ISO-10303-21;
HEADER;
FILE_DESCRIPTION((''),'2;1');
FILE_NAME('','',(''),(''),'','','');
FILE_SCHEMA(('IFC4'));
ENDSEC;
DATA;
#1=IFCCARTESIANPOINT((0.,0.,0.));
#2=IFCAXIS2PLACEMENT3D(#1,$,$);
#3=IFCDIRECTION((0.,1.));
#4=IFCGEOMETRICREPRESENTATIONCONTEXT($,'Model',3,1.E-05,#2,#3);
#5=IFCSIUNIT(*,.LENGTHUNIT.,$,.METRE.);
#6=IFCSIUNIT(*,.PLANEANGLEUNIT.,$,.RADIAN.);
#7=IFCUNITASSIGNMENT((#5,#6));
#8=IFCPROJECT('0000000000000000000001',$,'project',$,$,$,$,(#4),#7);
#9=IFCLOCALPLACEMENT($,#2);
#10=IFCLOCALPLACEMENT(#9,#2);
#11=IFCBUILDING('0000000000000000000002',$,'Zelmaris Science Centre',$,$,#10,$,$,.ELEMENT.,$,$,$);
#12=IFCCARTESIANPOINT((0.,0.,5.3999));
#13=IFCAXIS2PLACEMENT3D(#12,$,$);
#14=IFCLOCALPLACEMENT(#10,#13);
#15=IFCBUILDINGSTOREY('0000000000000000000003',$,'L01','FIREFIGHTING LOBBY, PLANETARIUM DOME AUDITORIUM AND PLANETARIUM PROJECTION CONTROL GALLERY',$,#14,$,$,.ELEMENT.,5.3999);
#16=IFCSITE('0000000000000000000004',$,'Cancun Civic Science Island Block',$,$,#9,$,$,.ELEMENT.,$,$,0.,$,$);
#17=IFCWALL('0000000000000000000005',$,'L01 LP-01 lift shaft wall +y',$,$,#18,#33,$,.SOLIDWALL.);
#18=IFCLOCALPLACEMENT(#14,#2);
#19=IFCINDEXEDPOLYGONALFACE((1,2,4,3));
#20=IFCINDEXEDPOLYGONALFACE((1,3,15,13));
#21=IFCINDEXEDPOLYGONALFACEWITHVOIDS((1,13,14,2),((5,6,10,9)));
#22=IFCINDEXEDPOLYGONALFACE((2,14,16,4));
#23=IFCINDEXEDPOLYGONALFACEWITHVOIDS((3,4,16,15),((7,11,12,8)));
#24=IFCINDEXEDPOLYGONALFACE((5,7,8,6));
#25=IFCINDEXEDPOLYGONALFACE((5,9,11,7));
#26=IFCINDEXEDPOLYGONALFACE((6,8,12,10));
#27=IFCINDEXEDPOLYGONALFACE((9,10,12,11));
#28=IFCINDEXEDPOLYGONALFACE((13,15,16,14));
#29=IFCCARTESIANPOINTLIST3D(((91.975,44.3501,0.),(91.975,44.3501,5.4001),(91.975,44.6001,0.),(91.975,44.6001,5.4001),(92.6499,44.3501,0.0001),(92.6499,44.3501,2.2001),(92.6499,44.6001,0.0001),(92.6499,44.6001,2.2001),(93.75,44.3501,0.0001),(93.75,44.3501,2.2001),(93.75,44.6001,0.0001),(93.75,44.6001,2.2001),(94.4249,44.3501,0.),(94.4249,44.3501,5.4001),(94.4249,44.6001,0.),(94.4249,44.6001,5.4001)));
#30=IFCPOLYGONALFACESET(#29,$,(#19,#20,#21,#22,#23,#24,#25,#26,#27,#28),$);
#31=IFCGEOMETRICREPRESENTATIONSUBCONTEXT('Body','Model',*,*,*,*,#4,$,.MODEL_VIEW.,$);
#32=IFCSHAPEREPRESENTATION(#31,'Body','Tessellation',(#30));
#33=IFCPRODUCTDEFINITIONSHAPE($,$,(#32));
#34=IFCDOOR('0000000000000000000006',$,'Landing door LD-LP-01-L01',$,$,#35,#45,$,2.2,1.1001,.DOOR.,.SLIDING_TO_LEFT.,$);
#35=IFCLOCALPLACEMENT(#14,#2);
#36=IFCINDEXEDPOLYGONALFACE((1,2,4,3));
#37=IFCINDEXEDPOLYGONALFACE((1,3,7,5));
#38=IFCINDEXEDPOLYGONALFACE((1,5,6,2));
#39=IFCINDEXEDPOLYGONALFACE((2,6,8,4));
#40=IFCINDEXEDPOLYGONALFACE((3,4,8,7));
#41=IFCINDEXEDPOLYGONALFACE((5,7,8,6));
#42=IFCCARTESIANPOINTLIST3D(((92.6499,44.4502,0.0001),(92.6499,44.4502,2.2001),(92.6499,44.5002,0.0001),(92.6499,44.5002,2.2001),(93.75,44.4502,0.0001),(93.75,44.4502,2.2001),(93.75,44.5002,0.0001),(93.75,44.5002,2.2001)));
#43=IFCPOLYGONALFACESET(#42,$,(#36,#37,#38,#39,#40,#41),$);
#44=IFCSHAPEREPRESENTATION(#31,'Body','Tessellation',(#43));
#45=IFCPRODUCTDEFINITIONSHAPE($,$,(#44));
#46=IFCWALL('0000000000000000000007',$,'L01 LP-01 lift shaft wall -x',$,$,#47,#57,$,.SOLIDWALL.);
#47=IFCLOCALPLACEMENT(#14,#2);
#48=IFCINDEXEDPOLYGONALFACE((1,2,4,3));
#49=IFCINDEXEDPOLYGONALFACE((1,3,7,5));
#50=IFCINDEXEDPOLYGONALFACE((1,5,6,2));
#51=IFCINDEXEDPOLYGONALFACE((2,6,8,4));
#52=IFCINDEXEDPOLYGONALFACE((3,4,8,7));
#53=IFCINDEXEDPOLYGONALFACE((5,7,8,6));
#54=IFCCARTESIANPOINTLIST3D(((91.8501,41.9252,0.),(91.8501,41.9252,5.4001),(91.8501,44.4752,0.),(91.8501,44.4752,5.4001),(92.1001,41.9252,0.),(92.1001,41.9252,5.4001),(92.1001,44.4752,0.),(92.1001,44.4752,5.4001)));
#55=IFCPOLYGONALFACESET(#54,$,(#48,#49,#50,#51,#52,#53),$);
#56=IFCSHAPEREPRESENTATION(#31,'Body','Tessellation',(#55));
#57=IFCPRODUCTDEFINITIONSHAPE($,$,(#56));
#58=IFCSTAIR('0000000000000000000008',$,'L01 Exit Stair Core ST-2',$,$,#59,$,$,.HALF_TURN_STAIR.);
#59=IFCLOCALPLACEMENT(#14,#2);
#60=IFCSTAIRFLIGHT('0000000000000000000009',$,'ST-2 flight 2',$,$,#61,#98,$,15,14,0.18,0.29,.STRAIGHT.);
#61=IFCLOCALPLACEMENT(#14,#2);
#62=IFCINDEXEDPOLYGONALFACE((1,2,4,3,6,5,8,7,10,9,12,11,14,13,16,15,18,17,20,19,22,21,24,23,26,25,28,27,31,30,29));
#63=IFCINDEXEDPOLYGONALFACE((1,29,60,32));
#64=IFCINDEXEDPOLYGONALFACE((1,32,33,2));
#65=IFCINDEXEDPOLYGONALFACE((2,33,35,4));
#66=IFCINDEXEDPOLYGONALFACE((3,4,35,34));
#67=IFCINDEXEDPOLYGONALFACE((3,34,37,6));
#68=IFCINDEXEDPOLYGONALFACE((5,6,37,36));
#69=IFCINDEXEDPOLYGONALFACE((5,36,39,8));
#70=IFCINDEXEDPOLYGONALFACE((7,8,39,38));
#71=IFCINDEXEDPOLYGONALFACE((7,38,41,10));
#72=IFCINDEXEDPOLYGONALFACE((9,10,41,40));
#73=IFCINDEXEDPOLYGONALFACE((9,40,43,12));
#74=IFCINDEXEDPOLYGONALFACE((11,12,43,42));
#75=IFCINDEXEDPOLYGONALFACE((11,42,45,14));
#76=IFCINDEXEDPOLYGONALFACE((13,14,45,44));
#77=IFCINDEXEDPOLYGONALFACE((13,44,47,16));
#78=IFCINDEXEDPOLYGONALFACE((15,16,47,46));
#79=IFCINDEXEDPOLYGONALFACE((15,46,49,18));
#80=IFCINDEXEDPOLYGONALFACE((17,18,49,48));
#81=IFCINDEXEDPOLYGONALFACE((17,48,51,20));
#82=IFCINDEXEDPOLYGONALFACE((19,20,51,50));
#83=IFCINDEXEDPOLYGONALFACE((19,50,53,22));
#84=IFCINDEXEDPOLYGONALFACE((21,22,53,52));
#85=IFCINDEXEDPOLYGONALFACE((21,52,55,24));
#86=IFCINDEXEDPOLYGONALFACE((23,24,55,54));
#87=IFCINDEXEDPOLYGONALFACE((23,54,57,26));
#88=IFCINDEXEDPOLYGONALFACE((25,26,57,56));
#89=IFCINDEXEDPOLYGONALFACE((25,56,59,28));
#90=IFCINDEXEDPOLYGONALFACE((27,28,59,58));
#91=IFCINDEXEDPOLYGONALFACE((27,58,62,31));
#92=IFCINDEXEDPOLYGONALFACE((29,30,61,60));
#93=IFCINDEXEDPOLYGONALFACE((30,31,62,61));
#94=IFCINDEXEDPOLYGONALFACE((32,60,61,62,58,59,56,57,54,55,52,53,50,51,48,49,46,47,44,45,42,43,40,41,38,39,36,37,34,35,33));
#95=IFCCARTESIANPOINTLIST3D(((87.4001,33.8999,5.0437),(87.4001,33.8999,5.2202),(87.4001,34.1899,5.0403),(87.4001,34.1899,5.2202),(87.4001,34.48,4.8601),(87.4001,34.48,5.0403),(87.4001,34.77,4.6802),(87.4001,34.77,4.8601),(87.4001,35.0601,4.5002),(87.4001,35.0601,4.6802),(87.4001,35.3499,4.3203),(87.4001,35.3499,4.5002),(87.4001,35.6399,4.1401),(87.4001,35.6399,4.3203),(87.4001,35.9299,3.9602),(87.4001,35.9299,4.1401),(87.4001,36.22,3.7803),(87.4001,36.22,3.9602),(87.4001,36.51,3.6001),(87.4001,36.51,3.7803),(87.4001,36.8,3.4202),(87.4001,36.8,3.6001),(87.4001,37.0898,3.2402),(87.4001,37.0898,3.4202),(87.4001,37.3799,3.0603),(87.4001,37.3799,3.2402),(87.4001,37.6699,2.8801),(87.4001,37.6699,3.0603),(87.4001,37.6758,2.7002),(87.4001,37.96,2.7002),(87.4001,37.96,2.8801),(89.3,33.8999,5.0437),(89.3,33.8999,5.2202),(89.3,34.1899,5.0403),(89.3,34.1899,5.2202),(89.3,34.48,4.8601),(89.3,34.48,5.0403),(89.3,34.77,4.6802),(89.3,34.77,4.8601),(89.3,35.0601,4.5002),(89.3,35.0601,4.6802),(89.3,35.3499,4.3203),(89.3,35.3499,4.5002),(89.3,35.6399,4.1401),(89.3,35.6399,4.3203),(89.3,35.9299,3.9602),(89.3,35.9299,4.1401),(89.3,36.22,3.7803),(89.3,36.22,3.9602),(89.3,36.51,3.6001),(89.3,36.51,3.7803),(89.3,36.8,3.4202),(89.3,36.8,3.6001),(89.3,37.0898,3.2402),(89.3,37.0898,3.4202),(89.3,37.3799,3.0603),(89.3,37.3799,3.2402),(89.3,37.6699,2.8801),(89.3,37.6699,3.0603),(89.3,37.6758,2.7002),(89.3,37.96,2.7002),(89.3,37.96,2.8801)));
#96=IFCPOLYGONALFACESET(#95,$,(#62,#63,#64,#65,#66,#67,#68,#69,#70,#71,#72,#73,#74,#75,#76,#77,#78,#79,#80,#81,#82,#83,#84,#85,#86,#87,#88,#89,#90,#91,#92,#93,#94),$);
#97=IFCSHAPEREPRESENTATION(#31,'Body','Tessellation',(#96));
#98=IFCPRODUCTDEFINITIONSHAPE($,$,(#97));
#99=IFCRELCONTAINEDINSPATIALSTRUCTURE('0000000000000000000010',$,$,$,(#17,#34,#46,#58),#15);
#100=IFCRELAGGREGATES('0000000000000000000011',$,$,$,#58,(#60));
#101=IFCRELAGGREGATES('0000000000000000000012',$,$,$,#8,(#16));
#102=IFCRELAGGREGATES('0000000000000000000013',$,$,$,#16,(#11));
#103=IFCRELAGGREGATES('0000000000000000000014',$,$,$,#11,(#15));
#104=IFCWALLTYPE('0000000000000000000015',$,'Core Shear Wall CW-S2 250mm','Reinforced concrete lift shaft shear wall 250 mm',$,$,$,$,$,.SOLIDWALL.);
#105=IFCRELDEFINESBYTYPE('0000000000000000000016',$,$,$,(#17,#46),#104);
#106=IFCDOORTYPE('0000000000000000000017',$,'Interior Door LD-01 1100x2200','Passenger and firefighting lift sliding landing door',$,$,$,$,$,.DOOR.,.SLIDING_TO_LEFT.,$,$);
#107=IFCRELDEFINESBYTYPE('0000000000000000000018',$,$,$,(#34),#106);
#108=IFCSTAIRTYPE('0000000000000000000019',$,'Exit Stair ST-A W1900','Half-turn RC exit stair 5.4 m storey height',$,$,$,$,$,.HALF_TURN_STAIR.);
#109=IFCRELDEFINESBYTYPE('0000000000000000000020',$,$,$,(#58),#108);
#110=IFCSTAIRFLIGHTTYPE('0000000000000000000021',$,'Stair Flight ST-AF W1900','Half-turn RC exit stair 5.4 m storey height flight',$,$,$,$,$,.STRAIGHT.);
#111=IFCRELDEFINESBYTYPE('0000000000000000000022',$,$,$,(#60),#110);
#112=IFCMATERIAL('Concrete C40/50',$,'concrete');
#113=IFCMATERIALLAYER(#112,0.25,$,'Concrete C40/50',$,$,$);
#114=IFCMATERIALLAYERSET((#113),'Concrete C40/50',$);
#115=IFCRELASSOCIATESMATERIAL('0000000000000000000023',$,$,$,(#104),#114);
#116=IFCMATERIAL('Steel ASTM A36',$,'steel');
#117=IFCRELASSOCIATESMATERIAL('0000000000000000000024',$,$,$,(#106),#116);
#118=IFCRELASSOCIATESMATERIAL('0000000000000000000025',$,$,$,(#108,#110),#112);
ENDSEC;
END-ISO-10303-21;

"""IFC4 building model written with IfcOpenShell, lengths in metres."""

from ifc_helpers import new_model, si_unit, direction, frame, frame_2d, origin, place, context, subcontext, project, spatial, polyline, rectangle, outline, extrude, material, layer, layer_set, type_object, element, fill, aggregate, save


model = new_model("IFC4")

# Units and contexts
model_context = context("Model", 3, precision=1e-05, world=origin(), true_north=direction((0.0, 1.0)))
body_context = subcontext(model_context, "Body", "Model", "MODEL_VIEW")
ifc_project = project(units=[si_unit("LENGTHUNIT", "METRE"), si_unit("PLANEANGLEUNIT", "RADIAN")], contexts=[model_context])

# Site, building, storey
site_placement = place(None, origin())
site = spatial("IfcSite", under=ifc_project, at=site_placement, Name="Cancun Civic Science Island Block", CompositionType="ELEMENT", RefElevation=0.0)
building_placement = place(site_placement, origin())
building = spatial("IfcBuilding", under=site, at=building_placement, Name="Zelmaris Science Centre", CompositionType="ELEMENT")
storey_placement = place(building_placement, frame((0.0, 0.0, 5.3999)))
storey = spatial("IfcBuildingStorey", under=building, at=storey_placement, Name="L01", Description="FIREFIGHTING LOBBY, PLANETARIUM DOME AUDITORIUM AND PLANETARIUM PROJECTION CONTROL GALLERY", CompositionType="ELEMENT", Elevation=5.3999)

# Shared definitions
ifc_material_1 = material(Name="Concrete C40/50", Category="concrete")
ifc_layer_1 = layer(ifc_material_1, 0.25, Name="Concrete C40/50")
ifc_layer_set_1 = layer_set([ifc_layer_1], Name="Concrete C40/50")
wall_type_1 = type_object("IfcWallType", Name="Core Shear Wall CW-S2 250mm", Description="Reinforced concrete lift shaft shear wall 250 mm", PredefinedType="SOLIDWALL", material=ifc_layer_set_1)

# Wall, opening, door
wall_1_placement = place(storey_placement, frame((94.425, 44.4751, 0.0), z_axis=(0.0, 0.0, 1.0), x_axis=(-1.0, 0.0, 0.0)))
wall_1 = element("IfcWall", 1, at=wall_1_placement, inside=storey, type_object=wall_type_1, Name="L01 LP-01 lift shaft wall +y", PredefinedType="SOLIDWALL", context=body_context, shape_type="SweptSolid", body=[
    extrude(rectangle(XDim=2.45, YDim=0.25, at=frame_2d((1.2251, 0.0))), origin(), (0.0, 0.0, 1.0), 5.4001),
])
opening_placement = place(wall_1_placement, frame((0.675, 0.0, 0.0)))
opening = element("IfcOpeningElement", 2, at=opening_placement, cuts=wall_1, PredefinedType="OPENING", context=body_context, shape_type="SweptSolid", body=[
    extrude(rectangle(XDim=1.1001, YDim=2.2, at=frame_2d((0.55, 1.1001))), frame((0.0, 0.135, 0.0), z_axis=(0.0, -1.0, 0.0), x_axis=(1.0, 0.0, 0.0)), (0.0, 0.0, 1.0), 0.27),
])
ifc_material_2 = material(Name="Steel ASTM A36", Category="steel")
door_type = type_object("IfcDoorType", Name="Interior Door LD-01 1100x2200", Description="Passenger and firefighting lift sliding landing door", OperationType="SLIDING_TO_LEFT", PredefinedType="DOOR", material=ifc_material_2)
door_placement = place(opening_placement, origin())
door = element("IfcDoor", 3, at=door_placement, inside=storey, type_object=door_type, Name="Landing door LD-LP-01-L01", OperationType="SLIDING_TO_LEFT", OverallHeight=2.2, OverallWidth=1.1001, PredefinedType="DOOR", context=body_context, shape_type="SweptSolid", body=[
    extrude(rectangle(XDim=1.1001, YDim=2.2, at=frame_2d((0.55, 1.1001))), frame((0.0, 0.0249, 0.0), z_axis=(0.0, -1.0, 0.0), x_axis=(1.0, 0.0, 0.0)), (0.0, 0.0, 1.0), 0.05),
])
fill(opening, door)

# Wall
wall_2_placement = place(storey_placement, frame((91.9751, 44.4751, 0.0), z_axis=(0.0, 0.0, 1.0), x_axis=(0.0, -1.0, 0.0)))
element("IfcWall", 4, at=wall_2_placement, inside=storey, type_object=wall_type_1, Name="L01 LP-01 lift shaft wall -x", PredefinedType="SOLIDWALL", context=body_context, shape_type="SweptSolid", body=[
    extrude(rectangle(XDim=2.55, YDim=0.25, at=frame_2d((1.2749, 0.0))), origin(), (0.0, 0.0, 1.0), 5.4001),
])

# Stair, stair flight
stair_type = type_object("IfcStairType", Name="Exit Stair ST-A W1900", Description="Half-turn RC exit stair 5.4 m storey height", PredefinedType="HALF_TURN_STAIR", material=ifc_material_1)
stair_placement = place(storey_placement, origin())
stair = element("IfcStair", 5, at=stair_placement, inside=storey, type_object=stair_type, Name="L01 Exit Stair Core ST-2", PredefinedType="HALF_TURN_STAIR")
stair_flight_type = type_object("IfcStairFlightType", Name="Stair Flight ST-AF W1900", Description="Half-turn RC exit stair 5.4 m storey height flight", PredefinedType="STRAIGHT", material=ifc_material_1)
stair_flight_placement = place(storey_placement, frame((88.3501, 37.96, 2.7002), z_axis=(0.0, 0.0, 1.0), x_axis=(0.0, -1.0, 0.0)))
stair_flight = element("IfcStairFlight", 6, at=stair_flight_placement, type_object=stair_flight_type, Name="ST-2 flight 2", NumberOfRisers=15, NumberOfTreads=14, PredefinedType="STRAIGHT", RiserHeight=0.18, TreadLength=0.29, context=body_context, shape_type="SweptSolid", body=[
    extrude(outline(polyline([(0.0, 0.0), (0.0, 0.1799), (0.29, 0.1799), (0.29, 0.3601), (0.5801, 0.3601), (0.5801, 0.54), (0.8701, 0.54), (0.8701, 0.72), (1.1599, 0.72), (1.1599, 0.8999), (1.45, 0.8999), (1.45, 1.0801), (1.74, 1.0801), (1.74, 1.26), (2.03, 1.26), (2.03, 1.4399), (2.3201, 1.4399), (2.3201, 1.6201), (2.6101, 1.6201), (2.6101, 1.8), (2.8999, 1.8), (2.8999, 1.98), (3.1899, 1.98), (3.1899, 2.1599), (3.48, 2.1599), (3.48, 2.3401), (3.77, 2.3401), (3.77, 2.52), (4.0601, 2.52), (4.0601, 2.7), (4.0601, 2.3435), (0.2842, 0.0), (0.0, 0.0)])), frame((0.0, 0.95, 0.0), z_axis=(0.0, -1.0, 0.0), x_axis=(1.0, 0.0, 0.0)), (0.0, 0.0, 1.0), 1.8999),
])
aggregate(stair, [stair_flight])

save(model, "model.ifc")
